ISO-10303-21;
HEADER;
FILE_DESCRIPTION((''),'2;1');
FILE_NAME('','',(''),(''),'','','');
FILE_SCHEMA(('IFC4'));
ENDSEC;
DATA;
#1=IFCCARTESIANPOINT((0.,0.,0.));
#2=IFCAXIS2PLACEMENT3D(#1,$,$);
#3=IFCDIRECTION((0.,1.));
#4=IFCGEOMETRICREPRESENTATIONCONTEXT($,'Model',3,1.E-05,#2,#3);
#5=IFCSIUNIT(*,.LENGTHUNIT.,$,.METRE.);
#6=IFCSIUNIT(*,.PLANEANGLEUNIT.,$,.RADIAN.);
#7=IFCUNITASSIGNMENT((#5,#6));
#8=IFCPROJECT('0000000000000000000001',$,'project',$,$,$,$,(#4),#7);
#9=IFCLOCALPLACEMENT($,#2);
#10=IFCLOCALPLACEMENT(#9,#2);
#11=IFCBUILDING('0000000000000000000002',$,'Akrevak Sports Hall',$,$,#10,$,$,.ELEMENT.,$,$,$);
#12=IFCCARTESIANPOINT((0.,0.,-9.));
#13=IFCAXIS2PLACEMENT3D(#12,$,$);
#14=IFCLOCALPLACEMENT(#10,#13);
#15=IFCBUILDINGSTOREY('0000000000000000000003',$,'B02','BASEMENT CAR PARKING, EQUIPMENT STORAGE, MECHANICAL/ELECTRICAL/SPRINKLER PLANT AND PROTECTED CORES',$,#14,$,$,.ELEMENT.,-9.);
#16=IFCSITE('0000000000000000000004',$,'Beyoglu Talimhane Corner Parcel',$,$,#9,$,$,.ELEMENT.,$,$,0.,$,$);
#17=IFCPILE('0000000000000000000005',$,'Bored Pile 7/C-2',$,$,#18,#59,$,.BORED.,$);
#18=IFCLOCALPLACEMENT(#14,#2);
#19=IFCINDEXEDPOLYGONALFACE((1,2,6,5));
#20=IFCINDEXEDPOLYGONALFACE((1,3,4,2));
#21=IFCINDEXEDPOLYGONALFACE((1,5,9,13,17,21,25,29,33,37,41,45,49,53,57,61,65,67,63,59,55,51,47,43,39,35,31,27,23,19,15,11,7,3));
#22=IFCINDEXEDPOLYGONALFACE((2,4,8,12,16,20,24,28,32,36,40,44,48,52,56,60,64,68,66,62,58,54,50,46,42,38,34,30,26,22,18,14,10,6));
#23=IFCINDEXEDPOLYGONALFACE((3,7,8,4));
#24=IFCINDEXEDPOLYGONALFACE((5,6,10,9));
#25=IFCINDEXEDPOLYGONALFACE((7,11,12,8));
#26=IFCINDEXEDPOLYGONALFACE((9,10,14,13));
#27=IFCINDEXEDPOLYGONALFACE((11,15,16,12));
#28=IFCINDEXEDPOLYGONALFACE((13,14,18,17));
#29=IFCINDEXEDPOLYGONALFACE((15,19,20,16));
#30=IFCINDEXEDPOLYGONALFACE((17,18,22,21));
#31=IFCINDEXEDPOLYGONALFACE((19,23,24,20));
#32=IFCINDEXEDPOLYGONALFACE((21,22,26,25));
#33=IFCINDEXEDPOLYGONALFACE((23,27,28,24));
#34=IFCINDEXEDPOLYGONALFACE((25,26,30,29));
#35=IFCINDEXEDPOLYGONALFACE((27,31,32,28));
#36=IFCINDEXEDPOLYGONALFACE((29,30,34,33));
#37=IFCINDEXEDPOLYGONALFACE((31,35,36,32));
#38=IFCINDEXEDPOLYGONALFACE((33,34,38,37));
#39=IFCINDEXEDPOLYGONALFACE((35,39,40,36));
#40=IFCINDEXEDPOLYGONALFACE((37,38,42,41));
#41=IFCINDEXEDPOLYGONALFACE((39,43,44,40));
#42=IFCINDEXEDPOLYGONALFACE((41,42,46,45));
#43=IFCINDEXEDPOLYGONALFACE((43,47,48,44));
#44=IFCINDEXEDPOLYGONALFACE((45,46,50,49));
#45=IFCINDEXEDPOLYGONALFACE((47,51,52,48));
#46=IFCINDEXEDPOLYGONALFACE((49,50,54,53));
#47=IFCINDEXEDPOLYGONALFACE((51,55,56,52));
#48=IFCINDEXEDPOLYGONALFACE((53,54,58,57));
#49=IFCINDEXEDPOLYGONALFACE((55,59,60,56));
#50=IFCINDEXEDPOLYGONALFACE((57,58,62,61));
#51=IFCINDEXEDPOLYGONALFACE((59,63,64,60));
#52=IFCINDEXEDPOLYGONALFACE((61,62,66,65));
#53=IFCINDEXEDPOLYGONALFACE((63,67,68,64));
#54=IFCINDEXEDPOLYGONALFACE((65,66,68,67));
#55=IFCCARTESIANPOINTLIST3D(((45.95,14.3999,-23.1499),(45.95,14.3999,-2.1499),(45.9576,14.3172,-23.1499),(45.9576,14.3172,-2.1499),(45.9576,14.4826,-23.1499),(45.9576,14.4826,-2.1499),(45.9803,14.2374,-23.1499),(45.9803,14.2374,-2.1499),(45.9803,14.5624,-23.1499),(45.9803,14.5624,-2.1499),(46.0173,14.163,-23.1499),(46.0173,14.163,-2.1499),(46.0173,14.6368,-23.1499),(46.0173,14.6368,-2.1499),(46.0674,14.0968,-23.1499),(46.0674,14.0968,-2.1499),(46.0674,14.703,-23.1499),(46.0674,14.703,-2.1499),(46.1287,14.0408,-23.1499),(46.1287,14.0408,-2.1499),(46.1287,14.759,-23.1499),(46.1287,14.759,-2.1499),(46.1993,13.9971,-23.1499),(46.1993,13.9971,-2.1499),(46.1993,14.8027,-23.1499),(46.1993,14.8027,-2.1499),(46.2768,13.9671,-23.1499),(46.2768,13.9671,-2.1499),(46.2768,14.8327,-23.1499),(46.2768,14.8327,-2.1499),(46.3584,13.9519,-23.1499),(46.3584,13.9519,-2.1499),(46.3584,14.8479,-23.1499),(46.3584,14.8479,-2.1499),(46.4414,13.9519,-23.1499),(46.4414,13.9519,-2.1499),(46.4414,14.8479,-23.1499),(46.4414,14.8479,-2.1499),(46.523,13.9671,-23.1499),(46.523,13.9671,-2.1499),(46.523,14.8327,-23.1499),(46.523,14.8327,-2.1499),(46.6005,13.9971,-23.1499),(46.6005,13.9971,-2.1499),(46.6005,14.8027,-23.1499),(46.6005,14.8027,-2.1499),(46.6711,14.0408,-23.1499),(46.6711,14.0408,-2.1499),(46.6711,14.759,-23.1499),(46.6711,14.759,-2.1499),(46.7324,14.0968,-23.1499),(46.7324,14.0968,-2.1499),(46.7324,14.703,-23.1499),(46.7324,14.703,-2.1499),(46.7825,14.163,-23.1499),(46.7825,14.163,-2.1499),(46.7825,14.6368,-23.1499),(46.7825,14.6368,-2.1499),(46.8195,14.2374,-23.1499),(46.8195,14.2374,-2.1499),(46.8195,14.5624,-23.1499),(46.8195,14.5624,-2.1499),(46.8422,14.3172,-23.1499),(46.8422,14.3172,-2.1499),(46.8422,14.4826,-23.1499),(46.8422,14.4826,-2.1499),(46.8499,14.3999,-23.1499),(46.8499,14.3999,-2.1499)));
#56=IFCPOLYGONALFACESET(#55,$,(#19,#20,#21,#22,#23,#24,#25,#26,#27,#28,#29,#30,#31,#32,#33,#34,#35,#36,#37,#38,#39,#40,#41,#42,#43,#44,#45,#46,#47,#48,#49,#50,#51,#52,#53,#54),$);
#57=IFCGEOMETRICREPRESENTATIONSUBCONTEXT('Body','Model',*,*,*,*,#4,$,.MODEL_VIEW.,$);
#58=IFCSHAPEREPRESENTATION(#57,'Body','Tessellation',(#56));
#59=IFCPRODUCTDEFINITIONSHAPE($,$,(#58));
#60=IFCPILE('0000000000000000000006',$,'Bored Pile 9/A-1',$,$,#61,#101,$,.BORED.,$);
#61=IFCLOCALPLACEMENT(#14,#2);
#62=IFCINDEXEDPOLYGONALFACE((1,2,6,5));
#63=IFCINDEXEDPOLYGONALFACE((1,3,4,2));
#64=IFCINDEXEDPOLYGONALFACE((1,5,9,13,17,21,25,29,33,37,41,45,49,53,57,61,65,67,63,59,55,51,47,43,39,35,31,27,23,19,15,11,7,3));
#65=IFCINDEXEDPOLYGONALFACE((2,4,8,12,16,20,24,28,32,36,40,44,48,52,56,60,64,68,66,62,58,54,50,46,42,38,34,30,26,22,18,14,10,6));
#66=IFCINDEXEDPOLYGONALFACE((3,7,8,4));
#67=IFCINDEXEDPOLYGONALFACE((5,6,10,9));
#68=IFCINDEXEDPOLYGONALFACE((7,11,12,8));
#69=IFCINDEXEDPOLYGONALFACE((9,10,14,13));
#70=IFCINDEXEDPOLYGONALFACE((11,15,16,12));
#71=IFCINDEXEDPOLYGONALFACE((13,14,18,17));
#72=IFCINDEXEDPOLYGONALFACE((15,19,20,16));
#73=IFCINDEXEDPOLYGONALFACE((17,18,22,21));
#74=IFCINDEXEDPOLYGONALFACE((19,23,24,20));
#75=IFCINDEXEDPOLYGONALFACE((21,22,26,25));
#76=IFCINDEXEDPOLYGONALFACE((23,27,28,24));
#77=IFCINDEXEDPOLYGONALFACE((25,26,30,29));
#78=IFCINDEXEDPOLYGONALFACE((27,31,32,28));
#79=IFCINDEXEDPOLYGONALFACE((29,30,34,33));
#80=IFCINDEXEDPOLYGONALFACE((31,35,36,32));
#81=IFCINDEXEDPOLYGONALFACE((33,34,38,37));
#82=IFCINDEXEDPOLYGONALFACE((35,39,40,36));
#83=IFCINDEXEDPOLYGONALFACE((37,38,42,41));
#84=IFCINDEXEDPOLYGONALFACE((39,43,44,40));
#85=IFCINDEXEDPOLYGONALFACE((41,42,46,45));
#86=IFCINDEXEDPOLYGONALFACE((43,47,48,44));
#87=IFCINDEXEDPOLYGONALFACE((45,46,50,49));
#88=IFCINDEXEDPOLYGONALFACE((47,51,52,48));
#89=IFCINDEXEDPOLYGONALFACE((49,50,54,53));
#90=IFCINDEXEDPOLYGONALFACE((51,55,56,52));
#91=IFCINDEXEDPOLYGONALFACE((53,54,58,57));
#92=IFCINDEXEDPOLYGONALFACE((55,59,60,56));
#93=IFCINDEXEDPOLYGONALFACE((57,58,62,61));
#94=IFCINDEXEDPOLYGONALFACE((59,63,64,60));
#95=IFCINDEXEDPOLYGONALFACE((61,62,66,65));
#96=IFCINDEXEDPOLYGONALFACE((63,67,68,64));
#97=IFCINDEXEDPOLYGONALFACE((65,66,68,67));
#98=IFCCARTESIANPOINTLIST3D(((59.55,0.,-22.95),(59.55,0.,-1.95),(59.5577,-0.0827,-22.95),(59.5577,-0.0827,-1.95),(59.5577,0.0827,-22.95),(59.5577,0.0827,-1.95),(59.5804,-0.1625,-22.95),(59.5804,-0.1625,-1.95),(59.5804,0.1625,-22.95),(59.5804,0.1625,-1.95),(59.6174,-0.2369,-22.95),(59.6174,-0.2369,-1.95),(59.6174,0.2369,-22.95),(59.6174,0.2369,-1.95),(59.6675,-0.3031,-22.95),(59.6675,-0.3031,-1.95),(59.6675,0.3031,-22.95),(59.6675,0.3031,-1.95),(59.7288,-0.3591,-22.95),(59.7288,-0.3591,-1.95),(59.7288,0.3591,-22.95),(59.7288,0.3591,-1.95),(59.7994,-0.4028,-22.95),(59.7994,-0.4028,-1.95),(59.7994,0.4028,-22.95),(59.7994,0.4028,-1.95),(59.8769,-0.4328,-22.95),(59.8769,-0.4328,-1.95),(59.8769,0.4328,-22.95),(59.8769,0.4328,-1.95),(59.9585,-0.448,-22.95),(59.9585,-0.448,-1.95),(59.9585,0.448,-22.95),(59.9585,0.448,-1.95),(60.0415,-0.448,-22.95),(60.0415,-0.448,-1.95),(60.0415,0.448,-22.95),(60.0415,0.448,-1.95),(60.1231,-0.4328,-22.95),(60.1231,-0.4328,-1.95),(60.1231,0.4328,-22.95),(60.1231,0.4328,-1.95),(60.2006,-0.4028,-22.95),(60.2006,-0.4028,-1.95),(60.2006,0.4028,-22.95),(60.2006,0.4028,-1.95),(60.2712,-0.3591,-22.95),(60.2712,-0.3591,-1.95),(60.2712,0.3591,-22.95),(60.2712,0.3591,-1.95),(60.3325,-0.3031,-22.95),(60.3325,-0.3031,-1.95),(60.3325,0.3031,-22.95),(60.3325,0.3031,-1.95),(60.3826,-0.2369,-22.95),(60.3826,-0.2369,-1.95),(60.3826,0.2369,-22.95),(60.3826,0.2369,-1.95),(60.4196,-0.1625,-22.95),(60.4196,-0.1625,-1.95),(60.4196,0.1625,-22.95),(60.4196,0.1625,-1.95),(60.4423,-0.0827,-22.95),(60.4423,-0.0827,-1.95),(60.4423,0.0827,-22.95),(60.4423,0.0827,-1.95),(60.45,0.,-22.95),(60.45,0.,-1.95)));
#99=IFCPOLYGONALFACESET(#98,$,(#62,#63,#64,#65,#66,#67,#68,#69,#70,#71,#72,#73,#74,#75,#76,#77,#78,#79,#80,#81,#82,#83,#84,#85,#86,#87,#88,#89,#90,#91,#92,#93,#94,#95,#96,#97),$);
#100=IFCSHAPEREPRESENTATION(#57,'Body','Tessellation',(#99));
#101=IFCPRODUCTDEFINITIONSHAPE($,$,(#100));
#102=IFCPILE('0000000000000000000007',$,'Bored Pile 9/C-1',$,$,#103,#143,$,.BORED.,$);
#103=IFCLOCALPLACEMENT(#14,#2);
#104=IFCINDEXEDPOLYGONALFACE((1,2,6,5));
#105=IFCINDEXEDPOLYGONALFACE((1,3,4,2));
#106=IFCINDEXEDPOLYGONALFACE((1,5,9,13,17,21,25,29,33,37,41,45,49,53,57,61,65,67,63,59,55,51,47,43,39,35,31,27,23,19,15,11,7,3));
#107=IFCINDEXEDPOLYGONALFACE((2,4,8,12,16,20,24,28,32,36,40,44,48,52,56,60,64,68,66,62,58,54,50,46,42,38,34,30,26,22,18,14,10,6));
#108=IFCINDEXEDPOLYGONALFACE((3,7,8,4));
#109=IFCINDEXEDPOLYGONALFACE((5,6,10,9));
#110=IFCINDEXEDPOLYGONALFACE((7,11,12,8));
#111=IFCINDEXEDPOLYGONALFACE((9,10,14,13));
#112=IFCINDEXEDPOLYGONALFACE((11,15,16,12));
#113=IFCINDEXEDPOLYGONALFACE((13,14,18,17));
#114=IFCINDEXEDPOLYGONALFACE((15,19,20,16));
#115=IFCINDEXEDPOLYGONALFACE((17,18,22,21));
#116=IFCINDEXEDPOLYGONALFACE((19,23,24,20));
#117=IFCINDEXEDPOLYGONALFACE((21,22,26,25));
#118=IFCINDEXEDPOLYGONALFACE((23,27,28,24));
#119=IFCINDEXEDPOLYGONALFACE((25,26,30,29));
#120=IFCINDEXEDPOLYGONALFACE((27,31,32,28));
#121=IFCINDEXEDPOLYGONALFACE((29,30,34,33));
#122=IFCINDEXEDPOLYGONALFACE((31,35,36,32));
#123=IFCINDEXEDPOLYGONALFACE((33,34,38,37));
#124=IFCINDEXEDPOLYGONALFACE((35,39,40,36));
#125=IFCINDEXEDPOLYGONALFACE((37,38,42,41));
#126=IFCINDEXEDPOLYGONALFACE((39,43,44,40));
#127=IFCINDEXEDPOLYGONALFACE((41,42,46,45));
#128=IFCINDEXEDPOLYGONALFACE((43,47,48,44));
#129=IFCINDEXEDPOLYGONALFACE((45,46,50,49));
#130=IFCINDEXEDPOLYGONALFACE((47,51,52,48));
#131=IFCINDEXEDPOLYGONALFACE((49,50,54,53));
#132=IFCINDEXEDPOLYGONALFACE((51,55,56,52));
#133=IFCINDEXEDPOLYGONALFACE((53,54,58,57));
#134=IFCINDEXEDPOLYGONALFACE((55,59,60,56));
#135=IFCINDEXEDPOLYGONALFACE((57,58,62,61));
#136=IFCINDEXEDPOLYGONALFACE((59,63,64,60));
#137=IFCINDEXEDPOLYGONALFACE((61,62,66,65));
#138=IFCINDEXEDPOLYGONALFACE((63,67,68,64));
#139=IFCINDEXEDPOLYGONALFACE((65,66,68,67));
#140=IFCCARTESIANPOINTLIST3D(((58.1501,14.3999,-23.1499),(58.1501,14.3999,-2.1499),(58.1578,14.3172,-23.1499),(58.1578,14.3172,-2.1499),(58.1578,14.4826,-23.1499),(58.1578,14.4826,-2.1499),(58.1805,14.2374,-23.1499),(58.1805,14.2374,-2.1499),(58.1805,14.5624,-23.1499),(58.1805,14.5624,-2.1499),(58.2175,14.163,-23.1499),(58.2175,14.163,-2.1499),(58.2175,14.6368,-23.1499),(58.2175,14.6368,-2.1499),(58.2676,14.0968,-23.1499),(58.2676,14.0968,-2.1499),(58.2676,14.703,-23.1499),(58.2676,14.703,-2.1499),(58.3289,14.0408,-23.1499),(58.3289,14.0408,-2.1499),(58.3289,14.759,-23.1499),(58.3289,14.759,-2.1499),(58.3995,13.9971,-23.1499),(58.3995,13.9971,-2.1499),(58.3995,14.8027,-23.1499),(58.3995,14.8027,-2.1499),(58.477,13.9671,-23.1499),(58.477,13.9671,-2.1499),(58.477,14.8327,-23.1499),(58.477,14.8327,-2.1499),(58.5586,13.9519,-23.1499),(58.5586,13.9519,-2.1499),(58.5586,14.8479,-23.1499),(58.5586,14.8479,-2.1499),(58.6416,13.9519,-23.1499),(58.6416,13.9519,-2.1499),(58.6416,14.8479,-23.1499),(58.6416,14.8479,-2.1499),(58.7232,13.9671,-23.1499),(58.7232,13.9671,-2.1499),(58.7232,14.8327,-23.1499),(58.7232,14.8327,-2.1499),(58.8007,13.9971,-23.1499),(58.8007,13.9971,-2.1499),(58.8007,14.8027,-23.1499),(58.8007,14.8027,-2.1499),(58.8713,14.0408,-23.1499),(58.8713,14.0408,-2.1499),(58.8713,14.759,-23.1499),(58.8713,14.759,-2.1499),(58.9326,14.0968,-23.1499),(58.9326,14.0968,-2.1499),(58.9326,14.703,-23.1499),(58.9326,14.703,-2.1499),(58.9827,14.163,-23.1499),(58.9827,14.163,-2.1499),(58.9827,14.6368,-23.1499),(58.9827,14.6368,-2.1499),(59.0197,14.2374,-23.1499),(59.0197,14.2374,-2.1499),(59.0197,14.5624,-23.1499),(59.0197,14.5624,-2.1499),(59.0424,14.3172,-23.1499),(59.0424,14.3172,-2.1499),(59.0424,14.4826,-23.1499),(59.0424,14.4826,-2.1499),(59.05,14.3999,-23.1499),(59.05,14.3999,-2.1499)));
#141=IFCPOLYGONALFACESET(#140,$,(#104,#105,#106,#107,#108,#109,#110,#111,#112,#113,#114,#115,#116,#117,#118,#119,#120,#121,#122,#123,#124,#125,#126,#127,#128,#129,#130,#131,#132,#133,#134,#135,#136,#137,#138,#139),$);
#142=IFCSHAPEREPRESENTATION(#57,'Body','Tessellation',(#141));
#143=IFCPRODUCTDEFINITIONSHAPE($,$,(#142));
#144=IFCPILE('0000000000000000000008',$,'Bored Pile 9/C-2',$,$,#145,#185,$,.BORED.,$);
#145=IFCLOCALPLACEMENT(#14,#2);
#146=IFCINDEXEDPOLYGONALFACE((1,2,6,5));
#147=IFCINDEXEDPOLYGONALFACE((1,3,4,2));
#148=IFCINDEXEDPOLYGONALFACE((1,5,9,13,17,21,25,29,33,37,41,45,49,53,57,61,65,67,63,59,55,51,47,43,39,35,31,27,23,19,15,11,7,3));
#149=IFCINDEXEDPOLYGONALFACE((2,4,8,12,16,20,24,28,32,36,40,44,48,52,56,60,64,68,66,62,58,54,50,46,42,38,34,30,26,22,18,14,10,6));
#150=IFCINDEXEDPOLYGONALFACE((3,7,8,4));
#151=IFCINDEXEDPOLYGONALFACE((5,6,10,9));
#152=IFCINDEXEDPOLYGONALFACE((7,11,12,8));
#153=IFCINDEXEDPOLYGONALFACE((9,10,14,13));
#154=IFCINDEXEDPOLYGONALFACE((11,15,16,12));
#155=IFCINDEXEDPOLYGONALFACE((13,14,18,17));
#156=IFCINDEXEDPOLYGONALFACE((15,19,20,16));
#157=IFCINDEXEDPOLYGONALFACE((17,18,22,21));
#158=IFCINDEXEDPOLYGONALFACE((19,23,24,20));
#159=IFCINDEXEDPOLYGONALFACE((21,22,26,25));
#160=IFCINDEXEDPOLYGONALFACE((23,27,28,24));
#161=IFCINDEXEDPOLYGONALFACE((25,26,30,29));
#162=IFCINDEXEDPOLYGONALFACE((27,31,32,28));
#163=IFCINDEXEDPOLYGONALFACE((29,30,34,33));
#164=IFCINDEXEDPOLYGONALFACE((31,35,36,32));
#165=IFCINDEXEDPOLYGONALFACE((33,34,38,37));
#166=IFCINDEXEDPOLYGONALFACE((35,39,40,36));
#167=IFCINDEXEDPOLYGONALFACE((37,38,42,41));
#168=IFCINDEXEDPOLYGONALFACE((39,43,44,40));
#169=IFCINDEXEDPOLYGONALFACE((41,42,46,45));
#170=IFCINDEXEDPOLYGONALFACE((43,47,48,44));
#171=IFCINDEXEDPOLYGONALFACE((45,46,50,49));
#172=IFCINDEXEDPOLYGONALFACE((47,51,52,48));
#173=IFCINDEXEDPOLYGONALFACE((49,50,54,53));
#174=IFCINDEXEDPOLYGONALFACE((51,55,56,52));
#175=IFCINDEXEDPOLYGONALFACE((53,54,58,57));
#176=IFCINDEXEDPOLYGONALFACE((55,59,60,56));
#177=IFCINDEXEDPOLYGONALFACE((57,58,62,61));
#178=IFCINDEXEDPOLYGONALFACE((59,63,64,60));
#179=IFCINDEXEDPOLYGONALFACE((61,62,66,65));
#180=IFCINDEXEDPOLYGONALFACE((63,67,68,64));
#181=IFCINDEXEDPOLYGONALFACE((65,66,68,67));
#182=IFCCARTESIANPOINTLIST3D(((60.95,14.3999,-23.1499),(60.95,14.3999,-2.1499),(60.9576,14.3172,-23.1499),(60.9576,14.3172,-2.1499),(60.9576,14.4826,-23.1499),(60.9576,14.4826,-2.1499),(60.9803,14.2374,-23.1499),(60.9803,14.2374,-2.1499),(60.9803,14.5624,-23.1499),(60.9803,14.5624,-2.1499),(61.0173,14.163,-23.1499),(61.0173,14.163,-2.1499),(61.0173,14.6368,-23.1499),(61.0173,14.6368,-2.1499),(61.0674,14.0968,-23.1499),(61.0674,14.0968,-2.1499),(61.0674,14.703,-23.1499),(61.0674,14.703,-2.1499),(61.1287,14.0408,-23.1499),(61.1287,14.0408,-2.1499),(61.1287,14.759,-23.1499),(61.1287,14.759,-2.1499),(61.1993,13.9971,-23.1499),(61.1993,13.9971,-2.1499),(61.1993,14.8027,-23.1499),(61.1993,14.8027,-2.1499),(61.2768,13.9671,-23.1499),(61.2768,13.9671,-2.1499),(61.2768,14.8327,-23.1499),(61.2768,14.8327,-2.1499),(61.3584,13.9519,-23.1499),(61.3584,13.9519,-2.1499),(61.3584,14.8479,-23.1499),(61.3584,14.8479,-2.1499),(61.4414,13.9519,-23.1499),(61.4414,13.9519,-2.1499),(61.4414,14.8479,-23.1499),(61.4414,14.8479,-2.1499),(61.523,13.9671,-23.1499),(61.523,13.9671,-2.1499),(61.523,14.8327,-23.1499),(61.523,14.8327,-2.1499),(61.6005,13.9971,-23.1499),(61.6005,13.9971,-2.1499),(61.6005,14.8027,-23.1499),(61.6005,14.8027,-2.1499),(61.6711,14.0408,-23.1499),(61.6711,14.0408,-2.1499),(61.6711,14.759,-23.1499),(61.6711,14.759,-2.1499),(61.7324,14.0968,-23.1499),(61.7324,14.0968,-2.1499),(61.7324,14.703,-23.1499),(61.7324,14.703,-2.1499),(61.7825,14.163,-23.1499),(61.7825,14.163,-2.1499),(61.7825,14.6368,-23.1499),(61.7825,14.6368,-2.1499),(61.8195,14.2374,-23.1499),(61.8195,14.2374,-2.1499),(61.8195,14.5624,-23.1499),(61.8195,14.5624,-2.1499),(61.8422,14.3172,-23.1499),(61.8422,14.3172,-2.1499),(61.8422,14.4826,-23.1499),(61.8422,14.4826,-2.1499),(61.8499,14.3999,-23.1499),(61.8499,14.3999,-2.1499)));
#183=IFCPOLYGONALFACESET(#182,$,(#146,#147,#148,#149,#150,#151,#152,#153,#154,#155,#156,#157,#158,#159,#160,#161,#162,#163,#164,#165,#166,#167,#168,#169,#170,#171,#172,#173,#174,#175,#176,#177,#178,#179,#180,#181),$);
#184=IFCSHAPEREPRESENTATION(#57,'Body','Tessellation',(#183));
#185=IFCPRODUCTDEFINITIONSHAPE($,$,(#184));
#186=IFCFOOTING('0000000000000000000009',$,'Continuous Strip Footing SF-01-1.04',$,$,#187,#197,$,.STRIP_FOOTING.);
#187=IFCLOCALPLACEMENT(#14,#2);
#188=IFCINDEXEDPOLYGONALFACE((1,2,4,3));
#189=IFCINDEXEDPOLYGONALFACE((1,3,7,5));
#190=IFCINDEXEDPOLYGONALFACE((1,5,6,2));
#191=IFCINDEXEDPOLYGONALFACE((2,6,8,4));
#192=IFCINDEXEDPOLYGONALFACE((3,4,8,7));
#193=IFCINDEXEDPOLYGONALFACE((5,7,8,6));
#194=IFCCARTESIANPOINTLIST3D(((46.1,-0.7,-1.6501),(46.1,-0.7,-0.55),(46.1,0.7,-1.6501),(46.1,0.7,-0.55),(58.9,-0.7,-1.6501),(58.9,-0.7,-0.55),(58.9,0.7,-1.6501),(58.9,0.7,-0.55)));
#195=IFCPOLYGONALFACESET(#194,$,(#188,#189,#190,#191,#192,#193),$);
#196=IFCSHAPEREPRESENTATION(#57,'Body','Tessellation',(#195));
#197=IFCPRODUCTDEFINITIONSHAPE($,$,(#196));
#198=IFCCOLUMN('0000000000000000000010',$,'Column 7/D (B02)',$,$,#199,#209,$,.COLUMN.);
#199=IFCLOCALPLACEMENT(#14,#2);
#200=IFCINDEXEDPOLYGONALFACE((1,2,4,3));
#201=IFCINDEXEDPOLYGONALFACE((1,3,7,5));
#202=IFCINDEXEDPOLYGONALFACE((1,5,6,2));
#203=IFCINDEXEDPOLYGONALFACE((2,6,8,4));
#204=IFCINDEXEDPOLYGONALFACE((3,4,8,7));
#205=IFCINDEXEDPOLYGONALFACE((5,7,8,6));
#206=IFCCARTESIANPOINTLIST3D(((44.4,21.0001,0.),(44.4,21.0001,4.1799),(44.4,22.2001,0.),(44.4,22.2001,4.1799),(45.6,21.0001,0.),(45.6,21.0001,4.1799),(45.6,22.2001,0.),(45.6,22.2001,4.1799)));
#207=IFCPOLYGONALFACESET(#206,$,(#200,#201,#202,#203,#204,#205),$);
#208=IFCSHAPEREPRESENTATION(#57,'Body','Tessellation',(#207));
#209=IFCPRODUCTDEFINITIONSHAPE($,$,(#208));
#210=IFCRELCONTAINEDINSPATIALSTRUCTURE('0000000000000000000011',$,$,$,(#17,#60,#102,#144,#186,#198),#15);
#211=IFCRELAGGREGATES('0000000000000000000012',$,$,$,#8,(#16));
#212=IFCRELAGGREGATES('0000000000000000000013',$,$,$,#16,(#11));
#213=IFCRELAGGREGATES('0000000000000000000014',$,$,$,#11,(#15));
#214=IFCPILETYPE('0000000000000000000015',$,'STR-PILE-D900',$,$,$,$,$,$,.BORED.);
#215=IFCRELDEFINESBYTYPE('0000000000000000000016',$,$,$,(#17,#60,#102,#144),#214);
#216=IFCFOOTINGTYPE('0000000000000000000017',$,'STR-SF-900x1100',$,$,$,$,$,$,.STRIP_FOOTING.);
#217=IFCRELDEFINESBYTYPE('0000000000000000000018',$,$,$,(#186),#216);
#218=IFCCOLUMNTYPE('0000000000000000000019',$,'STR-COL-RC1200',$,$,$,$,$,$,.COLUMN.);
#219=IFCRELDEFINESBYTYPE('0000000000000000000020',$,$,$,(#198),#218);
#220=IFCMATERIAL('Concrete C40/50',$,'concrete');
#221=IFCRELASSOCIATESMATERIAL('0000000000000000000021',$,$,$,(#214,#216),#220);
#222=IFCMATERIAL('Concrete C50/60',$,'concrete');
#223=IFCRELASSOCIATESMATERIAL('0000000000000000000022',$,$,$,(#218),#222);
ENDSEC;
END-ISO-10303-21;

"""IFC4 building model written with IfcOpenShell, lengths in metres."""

from ifc_helpers import new_model, si_unit, direction, frame, origin, origin_2d, place, context, subcontext, project, spatial, rectangle, circle, extrude, material, material_profile, profile_set, type_object, element, save


model = new_model("IFC4")

# Units and contexts
model_context = context("Model", 3, precision=1e-05, world=origin(), true_north=direction((0.0, 1.0)))
body_context = subcontext(model_context, "Body", "Model", "MODEL_VIEW")
ifc_project = project(units=[si_unit("LENGTHUNIT", "METRE"), si_unit("PLANEANGLEUNIT", "RADIAN")], contexts=[model_context])

# Site, building, storey
site_placement = place(None, origin())
site = spatial("IfcSite", under=ifc_project, at=site_placement, Name="Beyoglu Talimhane Corner Parcel", CompositionType="ELEMENT", RefElevation=0.0)
building_placement = place(site_placement, origin())
building = spatial("IfcBuilding", under=site, at=building_placement, Name="Akrevak Sports Hall", CompositionType="ELEMENT")
storey_placement = place(building_placement, frame((0.0, 0.0, -9.0)))
storey = spatial("IfcBuildingStorey", under=building, at=storey_placement, Name="B02", Description="BASEMENT CAR PARKING, EQUIPMENT STORAGE, MECHANICAL/ELECTRICAL/SPRINKLER PLANT AND PROTECTED CORES", CompositionType="ELEMENT", Elevation=-9.0)

# Shared definitions
ifc_material_1 = material(Name="Concrete C40/50", Category="concrete")

# Piles
ifc_material_profile_1 = material_profile(ifc_material_1, circle(Radius=0.45, at=origin_2d()), Name="BORED PILE D900", Category="concrete")
ifc_profile_set_1 = profile_set([ifc_material_profile_1], Name="Concrete C40/50")
pile_type_1 = type_object("IfcPileType", Name="STR-PILE-D900", PredefinedType="BORED", material=ifc_profile_set_1)
for number, where, z_axis, x_axis, name in (
    (1, (46.3999, 14.3999, -2.1499), (0.0, 0.0, -1.0), (1.0, 0.0, 0.0), "Bored Pile 7/C-2"),
    (2, (60.0, 0.0, -1.95), (0.0, 0.0, -1.0), (1.0, 0.0, 0.0), "Bored Pile 9/A-1"),
    (3, (58.6001, 14.3999, -2.1499), (0.0, 0.0, -1.0), (1.0, 0.0, 0.0), "Bored Pile 9/C-1"),
    (4, (61.3999, 14.3999, -2.1499), (0.0, 0.0, -1.0), (1.0, 0.0, 0.0), "Bored Pile 9/C-2"),
):
    element("IfcPile", number, at=place(storey_placement, frame(where, z_axis=z_axis, x_axis=x_axis)), inside=storey, type_object=pile_type_1, Name=name, PredefinedType="BORED", context=body_context, shape_type="SweptSolid", body=[
        extrude(circle(Radius=0.45, at=origin_2d()), origin(), (0.0, 0.0, 1.0), 21.0),
    ])

# Footing
footing_type_1 = type_object("IfcFootingType", Name="STR-SF-900x1100", PredefinedType="STRIP_FOOTING", material=ifc_material_1)
footing_1_placement = place(storey_placement, frame((52.5, 0.0, -1.6501), z_axis=(0.0, 0.0, 1.0), x_axis=(1.0, 0.0, 0.0)))
element("IfcFooting", 5, at=footing_1_placement, inside=storey, type_object=footing_type_1, Name="Continuous Strip Footing SF-01-1.04", PredefinedType="STRIP_FOOTING", context=body_context, shape_type="SweptSolid", body=[
    extrude(rectangle(XDim=12.8, YDim=1.3999, at=origin_2d()), origin(), (0.0, 0.0, 1.0), 1.1001),
])

# Column
ifc_material_2 = material(Name="Concrete C50/60", Category="concrete")
ifc_material_profile_2 = material_profile(ifc_material_2, rectangle(XDim=1.2, YDim=1.2, at=origin_2d()), Name="RC 1200x1200", Category="concrete")
ifc_profile_set_2 = profile_set([ifc_material_profile_2], Name="Concrete C50/60")
column_type_1 = type_object("IfcColumnType", Name="STR-COL-RC1200", PredefinedType="COLUMN", material=ifc_profile_set_2)
for number, where, z_axis, x_axis, name in (
    (6, (45.0, 21.6001, 0.0), (0.0, 0.0, 1.0), (1.0, 0.0, 0.0), "Column 7/D (B02)"),
):
    element("IfcColumn", number, at=place(storey_placement, frame(where, z_axis=z_axis, x_axis=x_axis)), inside=storey, type_object=column_type_1, Name=name, PredefinedType="COLUMN", context=body_context, shape_type="SweptSolid", body=[
        extrude(rectangle(XDim=1.2, YDim=1.2, at=origin_2d()), origin(), (0.0, 0.0, 1.0), 4.1799),
    ])

save(model, "model.ifc")
